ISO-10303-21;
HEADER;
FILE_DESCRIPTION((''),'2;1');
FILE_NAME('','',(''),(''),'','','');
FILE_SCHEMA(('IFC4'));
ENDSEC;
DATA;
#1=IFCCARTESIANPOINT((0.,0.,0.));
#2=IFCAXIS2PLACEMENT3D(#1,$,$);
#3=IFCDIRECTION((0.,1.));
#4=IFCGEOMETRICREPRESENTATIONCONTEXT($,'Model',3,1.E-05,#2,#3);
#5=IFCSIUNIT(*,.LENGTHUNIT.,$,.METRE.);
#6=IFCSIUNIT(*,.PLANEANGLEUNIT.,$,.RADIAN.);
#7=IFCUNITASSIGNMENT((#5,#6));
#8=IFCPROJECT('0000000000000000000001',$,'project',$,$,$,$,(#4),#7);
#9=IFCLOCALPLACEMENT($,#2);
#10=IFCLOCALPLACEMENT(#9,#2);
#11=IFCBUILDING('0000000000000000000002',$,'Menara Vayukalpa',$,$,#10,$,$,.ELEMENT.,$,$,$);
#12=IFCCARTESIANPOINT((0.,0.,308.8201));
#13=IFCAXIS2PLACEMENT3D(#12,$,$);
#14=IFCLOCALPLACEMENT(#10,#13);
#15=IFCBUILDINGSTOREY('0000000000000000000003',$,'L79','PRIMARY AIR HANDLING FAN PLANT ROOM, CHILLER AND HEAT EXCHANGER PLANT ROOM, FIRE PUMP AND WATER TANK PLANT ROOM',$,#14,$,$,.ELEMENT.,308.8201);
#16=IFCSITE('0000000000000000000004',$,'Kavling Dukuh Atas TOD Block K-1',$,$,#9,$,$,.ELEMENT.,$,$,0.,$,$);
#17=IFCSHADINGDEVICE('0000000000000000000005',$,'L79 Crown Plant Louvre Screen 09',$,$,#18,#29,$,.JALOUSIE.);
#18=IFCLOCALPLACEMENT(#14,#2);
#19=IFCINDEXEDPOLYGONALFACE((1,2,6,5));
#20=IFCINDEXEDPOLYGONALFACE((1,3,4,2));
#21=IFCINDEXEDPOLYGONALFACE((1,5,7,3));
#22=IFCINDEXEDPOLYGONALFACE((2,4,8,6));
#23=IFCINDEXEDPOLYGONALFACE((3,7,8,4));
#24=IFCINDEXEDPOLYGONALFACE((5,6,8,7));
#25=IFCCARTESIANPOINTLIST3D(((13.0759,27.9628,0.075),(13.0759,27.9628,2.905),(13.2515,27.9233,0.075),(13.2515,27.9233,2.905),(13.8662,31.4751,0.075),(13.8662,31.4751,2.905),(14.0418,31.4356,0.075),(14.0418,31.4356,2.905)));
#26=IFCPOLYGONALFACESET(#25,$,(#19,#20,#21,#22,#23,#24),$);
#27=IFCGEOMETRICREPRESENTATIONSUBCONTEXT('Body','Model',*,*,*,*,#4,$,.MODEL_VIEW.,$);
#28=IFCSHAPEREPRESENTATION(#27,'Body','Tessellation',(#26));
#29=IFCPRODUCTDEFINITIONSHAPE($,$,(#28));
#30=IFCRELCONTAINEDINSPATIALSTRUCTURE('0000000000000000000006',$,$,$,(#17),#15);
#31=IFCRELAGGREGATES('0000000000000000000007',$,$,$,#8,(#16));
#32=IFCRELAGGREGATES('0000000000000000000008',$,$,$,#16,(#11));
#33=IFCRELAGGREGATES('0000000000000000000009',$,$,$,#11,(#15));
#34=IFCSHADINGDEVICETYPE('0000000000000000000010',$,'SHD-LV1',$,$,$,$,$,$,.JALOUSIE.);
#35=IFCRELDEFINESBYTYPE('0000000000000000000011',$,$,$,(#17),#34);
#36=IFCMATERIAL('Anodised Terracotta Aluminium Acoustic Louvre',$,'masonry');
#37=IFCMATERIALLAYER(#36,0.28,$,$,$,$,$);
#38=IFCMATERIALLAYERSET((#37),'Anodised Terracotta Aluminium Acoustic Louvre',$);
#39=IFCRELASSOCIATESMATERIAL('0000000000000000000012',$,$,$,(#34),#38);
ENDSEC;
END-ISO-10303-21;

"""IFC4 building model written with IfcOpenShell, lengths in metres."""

from ifc_helpers import new_model, si_unit, direction, frame, origin, origin_2d, place, context, subcontext, project, spatial, rectangle, extrude, material, layer, layer_set, type_object, element, save


model = new_model("IFC4")

# Units and contexts
model_context = context("Model", 3, precision=1e-05, world=origin(), true_north=direction((0.0, 1.0)))
body_context = subcontext(model_context, "Body", "Model", "MODEL_VIEW")
ifc_project = project(units=[si_unit("LENGTHUNIT", "METRE"), si_unit("PLANEANGLEUNIT", "RADIAN")], contexts=[model_context])

# Site, building, storey
site_placement = place(None, origin())
site = spatial("IfcSite", under=ifc_project, at=site_placement, Name="Kavling Dukuh Atas TOD Block K-1", CompositionType="ELEMENT", RefElevation=0.0)
building_placement = place(site_placement, origin())
building = spatial("IfcBuilding", under=site, at=building_placement, Name="Menara Vayukalpa", CompositionType="ELEMENT")
storey_placement = place(building_placement, frame((0.0, 0.0, 308.8201)))
storey = spatial("IfcBuildingStorey", under=building, at=storey_placement, Name="L79", Description="PRIMARY AIR HANDLING FAN PLANT ROOM, CHILLER AND HEAT EXCHANGER PLANT ROOM, FIRE PUMP AND WATER TANK PLANT ROOM", CompositionType="ELEMENT", Elevation=308.8201)

# Shading device
ifc_material_1 = material(Name="Anodised Terracotta Aluminium Acoustic Louvre", Category="masonry")
ifc_layer_1 = layer(ifc_material_1, 0.28)
ifc_layer_set_1 = layer_set([ifc_layer_1], Name="Anodised Terracotta Aluminium Acoustic Louvre")
shading_device_type = type_object("IfcShadingDeviceType", Name="SHD-LV1", PredefinedType="JALOUSIE", material=ifc_layer_set_1)
shading_device_placement = place(storey_placement, frame((13.5588, 29.6992, 0.075), z_axis=(0.0, 0.0, 1.0), x_axis=(-0.219523, -0.975607, 0.0)))
element("IfcShadingDevice", 1, at=shading_device_placement, inside=storey, type_object=shading_device_type, Name="L79 Crown Plant Louvre Screen 09", PredefinedType="JALOUSIE", context=body_context, shape_type="SweptSolid", body=[
    extrude(rectangle(XDim=3.6001, YDim=0.1799, at=origin_2d()), origin(), (0.0, 0.0, 1.0), 2.8301),
])

save(model, "model.ifc")
